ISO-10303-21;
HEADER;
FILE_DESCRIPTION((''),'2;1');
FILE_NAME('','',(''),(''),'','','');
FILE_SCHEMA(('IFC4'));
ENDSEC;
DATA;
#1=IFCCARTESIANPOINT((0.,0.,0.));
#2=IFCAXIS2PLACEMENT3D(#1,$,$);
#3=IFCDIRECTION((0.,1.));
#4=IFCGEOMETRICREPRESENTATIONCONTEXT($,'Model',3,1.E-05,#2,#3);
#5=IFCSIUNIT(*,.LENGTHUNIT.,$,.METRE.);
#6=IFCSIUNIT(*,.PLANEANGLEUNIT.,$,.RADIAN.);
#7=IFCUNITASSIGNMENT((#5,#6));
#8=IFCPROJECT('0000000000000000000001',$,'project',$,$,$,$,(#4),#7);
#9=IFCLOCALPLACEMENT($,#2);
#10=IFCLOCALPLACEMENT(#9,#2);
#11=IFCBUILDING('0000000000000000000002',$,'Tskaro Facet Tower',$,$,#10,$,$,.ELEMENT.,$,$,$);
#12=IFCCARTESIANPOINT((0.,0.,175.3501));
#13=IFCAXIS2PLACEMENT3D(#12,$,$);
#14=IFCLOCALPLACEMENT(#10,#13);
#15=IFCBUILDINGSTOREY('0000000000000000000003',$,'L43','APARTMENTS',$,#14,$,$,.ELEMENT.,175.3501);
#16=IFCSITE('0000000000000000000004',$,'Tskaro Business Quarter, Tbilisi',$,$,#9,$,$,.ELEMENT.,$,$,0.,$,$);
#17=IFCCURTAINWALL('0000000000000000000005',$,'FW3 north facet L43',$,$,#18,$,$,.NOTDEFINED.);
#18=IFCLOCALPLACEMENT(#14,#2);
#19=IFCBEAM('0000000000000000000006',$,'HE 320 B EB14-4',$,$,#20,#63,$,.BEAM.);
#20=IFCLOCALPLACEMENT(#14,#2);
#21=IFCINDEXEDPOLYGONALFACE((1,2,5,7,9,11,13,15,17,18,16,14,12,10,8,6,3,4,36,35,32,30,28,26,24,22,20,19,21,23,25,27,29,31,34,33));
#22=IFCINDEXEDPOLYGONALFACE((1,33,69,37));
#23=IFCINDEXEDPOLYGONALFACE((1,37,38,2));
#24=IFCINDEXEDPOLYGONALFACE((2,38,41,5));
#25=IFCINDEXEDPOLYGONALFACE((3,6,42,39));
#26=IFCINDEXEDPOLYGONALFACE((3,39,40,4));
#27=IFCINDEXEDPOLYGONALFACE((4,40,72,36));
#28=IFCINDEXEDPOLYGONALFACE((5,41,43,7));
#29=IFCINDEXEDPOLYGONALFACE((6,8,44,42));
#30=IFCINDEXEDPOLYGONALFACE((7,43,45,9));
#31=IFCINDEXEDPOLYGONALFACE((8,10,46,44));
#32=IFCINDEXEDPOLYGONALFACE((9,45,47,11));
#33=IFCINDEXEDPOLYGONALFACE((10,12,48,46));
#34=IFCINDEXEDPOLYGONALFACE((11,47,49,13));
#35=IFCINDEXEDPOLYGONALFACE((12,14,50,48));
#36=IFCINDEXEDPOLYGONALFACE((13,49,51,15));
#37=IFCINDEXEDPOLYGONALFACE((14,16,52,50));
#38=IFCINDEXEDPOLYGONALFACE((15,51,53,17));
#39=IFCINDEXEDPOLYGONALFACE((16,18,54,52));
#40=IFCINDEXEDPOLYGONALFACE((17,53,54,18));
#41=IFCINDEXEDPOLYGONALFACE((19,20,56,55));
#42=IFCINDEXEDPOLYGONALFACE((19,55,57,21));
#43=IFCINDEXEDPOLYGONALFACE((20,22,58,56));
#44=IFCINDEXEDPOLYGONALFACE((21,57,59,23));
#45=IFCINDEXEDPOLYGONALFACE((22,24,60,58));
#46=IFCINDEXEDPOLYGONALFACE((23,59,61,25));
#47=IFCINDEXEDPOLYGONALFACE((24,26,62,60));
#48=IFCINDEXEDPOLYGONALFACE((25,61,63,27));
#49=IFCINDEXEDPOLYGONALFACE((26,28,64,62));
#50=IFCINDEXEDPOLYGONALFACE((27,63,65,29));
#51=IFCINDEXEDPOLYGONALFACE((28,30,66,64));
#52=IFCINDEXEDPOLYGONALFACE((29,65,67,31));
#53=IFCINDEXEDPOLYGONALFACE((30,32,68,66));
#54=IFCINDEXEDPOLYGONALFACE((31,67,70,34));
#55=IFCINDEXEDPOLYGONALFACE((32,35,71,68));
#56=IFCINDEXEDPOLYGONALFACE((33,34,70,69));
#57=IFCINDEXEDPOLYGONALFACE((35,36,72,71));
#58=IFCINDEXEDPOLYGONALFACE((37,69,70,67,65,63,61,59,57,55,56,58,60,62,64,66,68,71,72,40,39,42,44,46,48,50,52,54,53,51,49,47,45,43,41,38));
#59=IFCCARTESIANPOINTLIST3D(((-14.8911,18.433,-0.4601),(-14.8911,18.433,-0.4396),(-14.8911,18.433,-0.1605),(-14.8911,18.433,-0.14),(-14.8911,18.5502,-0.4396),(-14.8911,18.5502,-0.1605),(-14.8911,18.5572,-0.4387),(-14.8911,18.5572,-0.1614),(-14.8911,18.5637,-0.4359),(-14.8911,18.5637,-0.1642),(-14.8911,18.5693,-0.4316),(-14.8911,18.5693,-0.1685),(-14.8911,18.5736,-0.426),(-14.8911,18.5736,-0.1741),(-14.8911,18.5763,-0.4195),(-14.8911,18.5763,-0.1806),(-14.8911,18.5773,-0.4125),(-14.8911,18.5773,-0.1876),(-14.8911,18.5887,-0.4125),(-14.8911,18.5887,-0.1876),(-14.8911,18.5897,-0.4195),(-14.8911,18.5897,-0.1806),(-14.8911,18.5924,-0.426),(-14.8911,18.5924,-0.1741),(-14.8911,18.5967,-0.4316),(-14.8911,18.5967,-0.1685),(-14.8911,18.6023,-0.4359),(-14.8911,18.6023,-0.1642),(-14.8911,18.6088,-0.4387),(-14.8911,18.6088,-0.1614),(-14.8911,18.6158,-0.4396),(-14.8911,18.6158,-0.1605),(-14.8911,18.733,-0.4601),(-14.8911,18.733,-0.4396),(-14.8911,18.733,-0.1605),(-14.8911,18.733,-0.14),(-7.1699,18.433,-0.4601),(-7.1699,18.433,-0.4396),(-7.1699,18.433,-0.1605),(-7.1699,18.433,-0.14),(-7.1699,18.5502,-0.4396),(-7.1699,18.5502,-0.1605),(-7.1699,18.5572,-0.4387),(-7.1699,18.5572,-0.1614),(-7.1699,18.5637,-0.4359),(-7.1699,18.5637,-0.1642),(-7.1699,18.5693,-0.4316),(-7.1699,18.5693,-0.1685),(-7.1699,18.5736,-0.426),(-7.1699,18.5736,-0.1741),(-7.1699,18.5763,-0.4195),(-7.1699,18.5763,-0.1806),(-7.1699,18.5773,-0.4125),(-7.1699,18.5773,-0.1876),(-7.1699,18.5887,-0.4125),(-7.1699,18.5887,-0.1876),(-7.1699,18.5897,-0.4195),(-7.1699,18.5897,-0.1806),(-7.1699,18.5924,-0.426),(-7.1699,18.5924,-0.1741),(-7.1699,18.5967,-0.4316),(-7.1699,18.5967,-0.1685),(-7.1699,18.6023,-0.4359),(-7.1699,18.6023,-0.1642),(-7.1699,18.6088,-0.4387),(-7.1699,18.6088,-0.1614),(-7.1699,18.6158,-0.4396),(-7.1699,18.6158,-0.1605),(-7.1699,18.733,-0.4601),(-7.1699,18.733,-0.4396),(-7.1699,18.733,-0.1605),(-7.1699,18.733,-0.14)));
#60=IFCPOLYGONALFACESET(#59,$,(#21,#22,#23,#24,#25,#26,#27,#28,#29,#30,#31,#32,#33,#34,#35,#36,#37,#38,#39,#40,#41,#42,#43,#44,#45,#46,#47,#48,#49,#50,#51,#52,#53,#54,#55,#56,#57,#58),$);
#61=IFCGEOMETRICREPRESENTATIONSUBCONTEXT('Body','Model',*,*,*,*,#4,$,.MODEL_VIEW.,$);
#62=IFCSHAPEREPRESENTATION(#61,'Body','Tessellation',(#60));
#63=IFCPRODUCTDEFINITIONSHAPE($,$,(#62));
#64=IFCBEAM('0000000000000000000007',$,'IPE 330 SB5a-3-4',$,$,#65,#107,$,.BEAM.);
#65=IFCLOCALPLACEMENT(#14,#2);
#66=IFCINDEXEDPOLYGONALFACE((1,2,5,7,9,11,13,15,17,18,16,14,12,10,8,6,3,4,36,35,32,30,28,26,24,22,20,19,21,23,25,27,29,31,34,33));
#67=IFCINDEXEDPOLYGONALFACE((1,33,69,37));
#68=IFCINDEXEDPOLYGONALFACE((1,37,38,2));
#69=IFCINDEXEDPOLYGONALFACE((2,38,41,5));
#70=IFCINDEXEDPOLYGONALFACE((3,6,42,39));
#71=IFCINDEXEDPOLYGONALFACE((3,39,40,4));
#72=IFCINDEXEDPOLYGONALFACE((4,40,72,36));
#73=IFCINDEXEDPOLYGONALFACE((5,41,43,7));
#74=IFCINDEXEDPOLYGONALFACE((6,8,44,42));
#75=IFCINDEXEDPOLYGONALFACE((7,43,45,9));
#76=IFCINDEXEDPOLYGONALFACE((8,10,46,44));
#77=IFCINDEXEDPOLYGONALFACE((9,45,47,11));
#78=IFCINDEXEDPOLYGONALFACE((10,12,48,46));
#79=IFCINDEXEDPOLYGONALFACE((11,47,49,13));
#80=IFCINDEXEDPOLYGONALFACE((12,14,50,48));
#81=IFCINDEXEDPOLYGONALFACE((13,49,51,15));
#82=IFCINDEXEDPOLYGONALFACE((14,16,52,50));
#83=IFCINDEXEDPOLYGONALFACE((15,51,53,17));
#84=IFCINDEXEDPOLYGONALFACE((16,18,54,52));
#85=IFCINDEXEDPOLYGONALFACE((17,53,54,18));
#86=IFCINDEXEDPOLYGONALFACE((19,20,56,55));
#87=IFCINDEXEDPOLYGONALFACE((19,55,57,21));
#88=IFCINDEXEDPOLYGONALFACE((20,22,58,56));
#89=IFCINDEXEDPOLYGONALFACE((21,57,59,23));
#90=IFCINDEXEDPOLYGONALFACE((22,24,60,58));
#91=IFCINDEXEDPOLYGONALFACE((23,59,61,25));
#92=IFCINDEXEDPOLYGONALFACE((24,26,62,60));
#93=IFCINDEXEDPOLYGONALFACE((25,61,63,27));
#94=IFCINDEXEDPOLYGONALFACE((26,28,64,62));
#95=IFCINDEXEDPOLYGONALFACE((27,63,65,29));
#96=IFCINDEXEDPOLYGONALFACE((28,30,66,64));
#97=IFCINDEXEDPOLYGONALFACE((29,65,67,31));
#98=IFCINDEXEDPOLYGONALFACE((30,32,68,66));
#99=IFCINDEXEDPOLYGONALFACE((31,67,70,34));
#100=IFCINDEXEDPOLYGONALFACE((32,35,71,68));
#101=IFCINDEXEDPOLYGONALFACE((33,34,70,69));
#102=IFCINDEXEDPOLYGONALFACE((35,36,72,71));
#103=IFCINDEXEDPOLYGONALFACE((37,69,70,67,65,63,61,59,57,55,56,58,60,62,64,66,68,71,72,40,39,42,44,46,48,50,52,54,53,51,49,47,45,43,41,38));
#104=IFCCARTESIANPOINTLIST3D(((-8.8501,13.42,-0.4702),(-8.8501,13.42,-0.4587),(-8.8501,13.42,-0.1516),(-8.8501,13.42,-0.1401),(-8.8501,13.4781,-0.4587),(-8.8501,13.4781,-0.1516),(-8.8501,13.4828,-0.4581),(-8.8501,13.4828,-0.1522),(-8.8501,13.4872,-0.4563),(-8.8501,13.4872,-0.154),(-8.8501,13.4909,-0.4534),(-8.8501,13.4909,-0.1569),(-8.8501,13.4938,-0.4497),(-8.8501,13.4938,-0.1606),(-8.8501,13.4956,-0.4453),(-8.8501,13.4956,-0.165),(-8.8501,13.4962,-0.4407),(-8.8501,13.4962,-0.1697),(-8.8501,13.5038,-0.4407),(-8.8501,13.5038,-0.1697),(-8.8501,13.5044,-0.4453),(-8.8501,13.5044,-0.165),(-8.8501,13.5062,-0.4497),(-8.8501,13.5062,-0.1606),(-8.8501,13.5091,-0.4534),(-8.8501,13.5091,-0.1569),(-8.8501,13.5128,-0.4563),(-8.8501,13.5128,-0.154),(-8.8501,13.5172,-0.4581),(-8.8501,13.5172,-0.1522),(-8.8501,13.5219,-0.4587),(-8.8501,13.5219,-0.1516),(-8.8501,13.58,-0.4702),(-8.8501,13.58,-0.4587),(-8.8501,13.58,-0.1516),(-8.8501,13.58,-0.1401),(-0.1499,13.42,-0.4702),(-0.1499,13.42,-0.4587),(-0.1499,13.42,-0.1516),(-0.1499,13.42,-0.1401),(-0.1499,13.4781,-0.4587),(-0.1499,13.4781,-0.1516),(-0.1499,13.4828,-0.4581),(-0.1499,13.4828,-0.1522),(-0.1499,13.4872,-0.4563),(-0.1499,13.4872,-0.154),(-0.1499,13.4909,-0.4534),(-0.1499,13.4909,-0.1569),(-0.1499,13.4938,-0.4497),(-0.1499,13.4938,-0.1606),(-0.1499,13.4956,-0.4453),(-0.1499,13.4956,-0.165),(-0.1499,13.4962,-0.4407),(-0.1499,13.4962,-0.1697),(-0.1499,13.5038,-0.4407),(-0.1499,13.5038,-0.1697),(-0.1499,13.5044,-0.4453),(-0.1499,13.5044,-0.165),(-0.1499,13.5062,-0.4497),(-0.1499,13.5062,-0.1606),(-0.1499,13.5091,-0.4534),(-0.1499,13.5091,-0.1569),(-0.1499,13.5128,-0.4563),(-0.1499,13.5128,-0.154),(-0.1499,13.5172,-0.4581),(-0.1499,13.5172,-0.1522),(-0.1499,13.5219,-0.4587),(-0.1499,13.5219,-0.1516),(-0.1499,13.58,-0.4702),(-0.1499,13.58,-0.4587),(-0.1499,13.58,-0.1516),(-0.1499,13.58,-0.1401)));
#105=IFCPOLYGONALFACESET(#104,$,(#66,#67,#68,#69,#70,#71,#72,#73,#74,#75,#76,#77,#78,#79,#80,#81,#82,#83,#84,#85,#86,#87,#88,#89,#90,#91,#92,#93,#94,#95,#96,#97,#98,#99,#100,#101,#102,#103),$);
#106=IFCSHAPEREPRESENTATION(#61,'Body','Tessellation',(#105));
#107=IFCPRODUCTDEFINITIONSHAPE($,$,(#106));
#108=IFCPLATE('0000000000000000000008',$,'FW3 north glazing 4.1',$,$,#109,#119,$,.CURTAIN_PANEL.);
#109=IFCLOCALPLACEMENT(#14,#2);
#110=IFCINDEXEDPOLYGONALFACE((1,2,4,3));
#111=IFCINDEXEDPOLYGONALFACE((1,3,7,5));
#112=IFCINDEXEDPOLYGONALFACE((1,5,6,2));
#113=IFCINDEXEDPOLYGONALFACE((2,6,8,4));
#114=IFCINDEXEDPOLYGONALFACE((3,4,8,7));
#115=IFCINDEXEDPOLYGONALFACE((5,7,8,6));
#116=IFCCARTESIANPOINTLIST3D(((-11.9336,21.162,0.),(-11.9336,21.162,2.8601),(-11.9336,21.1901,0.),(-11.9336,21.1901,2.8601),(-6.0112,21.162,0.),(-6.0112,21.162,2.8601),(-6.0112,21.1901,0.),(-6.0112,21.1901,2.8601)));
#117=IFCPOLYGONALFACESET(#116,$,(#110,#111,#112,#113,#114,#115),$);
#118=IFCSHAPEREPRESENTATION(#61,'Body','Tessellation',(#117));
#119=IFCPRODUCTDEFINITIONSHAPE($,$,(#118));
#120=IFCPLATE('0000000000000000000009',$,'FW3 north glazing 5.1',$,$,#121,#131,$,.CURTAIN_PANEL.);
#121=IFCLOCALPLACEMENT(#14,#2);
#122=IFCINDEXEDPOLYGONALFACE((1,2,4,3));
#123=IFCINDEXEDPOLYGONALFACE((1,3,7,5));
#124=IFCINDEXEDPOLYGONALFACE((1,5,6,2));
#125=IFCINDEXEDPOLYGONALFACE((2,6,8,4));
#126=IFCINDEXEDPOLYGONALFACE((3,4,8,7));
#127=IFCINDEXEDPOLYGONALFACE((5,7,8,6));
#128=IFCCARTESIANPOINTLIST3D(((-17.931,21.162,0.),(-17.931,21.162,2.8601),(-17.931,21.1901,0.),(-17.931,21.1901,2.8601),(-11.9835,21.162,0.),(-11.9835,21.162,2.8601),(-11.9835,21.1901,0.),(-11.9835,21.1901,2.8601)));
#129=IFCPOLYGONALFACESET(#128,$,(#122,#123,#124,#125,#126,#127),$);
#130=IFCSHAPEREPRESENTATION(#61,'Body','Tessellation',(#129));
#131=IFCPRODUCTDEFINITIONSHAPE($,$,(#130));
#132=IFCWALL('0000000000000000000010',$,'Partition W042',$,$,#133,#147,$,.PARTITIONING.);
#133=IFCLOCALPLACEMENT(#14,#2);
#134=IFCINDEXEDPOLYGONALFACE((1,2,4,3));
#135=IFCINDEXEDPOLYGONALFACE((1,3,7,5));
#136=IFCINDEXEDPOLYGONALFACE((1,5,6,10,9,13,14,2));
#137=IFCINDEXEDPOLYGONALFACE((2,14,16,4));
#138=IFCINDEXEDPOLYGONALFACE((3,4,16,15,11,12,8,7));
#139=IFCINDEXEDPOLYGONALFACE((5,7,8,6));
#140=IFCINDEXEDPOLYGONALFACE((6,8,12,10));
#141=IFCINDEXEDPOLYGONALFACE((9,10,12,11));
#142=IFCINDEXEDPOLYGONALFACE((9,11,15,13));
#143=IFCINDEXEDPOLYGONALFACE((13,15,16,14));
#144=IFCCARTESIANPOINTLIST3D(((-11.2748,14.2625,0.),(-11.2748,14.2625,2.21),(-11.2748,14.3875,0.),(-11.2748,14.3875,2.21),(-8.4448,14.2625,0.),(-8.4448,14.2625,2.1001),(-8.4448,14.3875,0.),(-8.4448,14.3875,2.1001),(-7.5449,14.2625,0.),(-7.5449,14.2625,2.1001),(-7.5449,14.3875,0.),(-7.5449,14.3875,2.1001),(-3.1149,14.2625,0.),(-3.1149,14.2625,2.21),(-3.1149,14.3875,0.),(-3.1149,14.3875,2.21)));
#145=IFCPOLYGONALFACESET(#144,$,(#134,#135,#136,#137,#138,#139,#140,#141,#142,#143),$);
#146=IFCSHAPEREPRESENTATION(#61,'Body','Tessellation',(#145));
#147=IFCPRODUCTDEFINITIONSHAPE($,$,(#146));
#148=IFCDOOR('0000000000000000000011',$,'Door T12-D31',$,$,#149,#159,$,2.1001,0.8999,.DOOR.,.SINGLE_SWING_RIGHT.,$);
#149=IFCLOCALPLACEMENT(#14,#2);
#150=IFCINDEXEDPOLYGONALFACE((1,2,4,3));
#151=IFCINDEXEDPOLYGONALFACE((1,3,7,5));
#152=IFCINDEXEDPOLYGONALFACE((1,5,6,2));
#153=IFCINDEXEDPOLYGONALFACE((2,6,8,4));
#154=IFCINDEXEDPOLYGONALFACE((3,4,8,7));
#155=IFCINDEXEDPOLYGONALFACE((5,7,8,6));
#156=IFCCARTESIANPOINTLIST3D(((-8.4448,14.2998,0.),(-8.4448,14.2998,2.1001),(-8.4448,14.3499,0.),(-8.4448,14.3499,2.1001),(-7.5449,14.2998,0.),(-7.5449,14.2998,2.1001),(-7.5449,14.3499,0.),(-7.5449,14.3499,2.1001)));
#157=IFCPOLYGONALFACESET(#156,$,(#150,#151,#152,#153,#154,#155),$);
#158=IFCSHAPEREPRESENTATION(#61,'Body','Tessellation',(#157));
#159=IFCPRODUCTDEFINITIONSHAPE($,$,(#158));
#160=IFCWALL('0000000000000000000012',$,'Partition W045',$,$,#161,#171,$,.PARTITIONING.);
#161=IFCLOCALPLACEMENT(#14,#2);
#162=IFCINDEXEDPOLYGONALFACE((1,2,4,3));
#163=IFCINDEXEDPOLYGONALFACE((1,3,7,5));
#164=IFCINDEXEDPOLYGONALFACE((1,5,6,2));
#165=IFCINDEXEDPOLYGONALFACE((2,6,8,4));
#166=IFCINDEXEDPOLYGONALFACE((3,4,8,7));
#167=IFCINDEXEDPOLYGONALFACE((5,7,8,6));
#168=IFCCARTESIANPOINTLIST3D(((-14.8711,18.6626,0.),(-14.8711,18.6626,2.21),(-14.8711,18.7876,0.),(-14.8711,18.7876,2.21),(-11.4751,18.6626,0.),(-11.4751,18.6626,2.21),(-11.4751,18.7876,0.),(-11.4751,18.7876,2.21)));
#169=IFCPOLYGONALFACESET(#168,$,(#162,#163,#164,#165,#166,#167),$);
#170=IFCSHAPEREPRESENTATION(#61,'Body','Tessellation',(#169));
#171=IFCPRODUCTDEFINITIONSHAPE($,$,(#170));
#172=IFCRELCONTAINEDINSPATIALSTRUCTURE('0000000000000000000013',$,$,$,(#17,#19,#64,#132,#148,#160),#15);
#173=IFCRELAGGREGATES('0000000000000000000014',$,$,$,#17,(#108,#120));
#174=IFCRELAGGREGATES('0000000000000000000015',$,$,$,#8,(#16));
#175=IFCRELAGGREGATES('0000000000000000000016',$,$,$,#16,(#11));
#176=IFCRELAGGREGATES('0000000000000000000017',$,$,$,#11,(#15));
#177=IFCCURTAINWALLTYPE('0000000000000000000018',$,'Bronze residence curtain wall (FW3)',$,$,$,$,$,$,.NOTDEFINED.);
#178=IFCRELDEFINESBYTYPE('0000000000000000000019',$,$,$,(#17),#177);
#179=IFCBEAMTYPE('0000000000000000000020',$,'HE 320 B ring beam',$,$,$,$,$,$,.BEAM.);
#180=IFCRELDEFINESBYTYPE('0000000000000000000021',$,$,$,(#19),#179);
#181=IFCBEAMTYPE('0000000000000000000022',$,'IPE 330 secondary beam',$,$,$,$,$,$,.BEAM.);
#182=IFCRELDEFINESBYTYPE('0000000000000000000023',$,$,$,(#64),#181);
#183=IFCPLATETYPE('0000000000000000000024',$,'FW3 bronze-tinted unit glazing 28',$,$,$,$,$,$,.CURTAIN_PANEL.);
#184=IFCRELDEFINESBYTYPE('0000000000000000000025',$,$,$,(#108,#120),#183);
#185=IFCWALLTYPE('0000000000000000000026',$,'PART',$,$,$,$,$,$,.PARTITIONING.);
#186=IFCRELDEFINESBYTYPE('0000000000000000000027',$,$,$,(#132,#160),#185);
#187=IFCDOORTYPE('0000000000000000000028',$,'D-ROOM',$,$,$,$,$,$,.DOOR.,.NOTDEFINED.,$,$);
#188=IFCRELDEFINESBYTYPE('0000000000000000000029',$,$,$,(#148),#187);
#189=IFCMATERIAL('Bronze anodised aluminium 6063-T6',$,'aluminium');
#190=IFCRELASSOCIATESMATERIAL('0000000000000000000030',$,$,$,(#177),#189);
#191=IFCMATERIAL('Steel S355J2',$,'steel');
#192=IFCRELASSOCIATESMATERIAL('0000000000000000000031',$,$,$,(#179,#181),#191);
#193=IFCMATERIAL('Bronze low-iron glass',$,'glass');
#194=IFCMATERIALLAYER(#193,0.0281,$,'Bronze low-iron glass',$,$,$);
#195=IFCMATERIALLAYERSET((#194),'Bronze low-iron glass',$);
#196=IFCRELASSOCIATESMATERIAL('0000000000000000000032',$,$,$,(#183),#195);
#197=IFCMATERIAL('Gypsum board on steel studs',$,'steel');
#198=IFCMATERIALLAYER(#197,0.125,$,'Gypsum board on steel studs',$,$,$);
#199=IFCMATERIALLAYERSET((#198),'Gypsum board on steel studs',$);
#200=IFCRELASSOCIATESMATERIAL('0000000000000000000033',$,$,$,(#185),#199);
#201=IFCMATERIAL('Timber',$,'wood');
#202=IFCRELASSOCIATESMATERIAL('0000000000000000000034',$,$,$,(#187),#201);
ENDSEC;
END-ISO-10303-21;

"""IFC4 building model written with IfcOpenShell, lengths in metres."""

from ifc_helpers import new_model, si_unit, direction, frame, frame_2d, origin, origin_2d, place, context, subcontext, project, spatial, rectangle, i_section, extrude, material, layer, layer_set, material_profile, profile_set, type_object, element, fill, aggregate, save


model = new_model("IFC4")

# Units and contexts
model_context = context("Model", 3, precision=1e-05, world=origin(), true_north=direction((0.0, 1.0)))
body_context = subcontext(model_context, "Body", "Model", "MODEL_VIEW")
ifc_project = project(units=[si_unit("LENGTHUNIT", "METRE"), si_unit("PLANEANGLEUNIT", "RADIAN")], contexts=[model_context])

# Site, building, storey
site_placement = place(None, origin())
site = spatial("IfcSite", under=ifc_project, at=site_placement, Name="Tskaro Business Quarter, Tbilisi", CompositionType="ELEMENT", RefElevation=0.0)
building_placement = place(site_placement, origin())
building = spatial("IfcBuilding", under=site, at=building_placement, Name="Tskaro Facet Tower", CompositionType="ELEMENT")
storey_placement = place(building_placement, frame((0.0, 0.0, 175.3501)))
storey = spatial("IfcBuildingStorey", under=building, at=storey_placement, Name="L43", Description="APARTMENTS", CompositionType="ELEMENT", Elevation=175.3501)

# Curtain wall
ifc_material_1 = material(Name="Bronze anodised aluminium 6063-T6", Category="aluminium")
curtain_wall_type = type_object("IfcCurtainWallType", Name="Bronze residence curtain wall (FW3)", PredefinedType="NOTDEFINED", material=ifc_material_1)
curtain_wall_placement = place(storey_placement, origin())
curtain_wall = element("IfcCurtainWall", 1, at=curtain_wall_placement, inside=storey, type_object=curtain_wall_type, Name="FW3 north facet L43", PredefinedType="NOTDEFINED")

# Beams
ifc_material_2 = material(Name="Steel S355J2", Category="steel")
ifc_material_profile_1 = material_profile(ifc_material_2, i_section(OverallWidth=0.3, OverallDepth=0.3201, WebThickness=0.0115, FlangeThickness=0.0205, FilletRadius=0.0271, at=origin_2d()), Name="HE 320 B")
ifc_profile_set_1 = profile_set([ifc_material_profile_1], Name="Steel S355J2")
beam_type_1 = type_object("IfcBeamType", Name="HE 320 B ring beam", PredefinedType="BEAM", material=ifc_profile_set_1)
beam_1_placement = place(storey_placement, frame((-7.1699, 18.583, -0.3), z_axis=(-1.0, 0.0, 0.0), x_axis=(0.0, -1.0, 0.0)))
element("IfcBeam", 2, at=beam_1_placement, inside=storey, type_object=beam_type_1, Name="HE 320 B EB14-4", PredefinedType="BEAM", context=body_context, shape_type="SweptSolid", body=[
    extrude(i_section(OverallWidth=0.3, OverallDepth=0.3201, WebThickness=0.0115, FlangeThickness=0.0205, FilletRadius=0.0271, at=origin_2d()), origin(), (0.0, 0.0, 1.0), 7.7212),
])
ifc_material_profile_2 = material_profile(ifc_material_2, i_section(OverallWidth=0.1599, OverallDepth=0.3301, WebThickness=0.0076, FlangeThickness=0.0115, FilletRadius=0.0181, at=origin_2d()), Name="IPE 330")
ifc_profile_set_2 = profile_set([ifc_material_profile_2], Name="Steel S355J2")
beam_type_2 = type_object("IfcBeamType", Name="IPE 330 secondary beam", PredefinedType="BEAM", material=ifc_profile_set_2)
beam_2_placement = place(storey_placement, frame((-8.8501, 13.5, -0.3052), z_axis=(1.0, 0.0, 0.0), x_axis=(0.0, 1.0, 0.0)))
element("IfcBeam", 3, at=beam_2_placement, inside=storey, type_object=beam_type_2, Name="IPE 330 SB5a-3-4", PredefinedType="BEAM", context=body_context, shape_type="SweptSolid", body=[
    extrude(i_section(OverallWidth=0.1599, OverallDepth=0.3301, WebThickness=0.0076, FlangeThickness=0.0115, FilletRadius=0.0181, at=origin_2d()), origin(), (0.0, 0.0, 1.0), 8.7002),
])

# Plates
ifc_material_3 = material(Name="Bronze low-iron glass", Category="glass")
ifc_layer_1 = layer(ifc_material_3, 0.0281, Name="Bronze low-iron glass")
ifc_layer_set_1 = layer_set([ifc_layer_1], Name="Bronze low-iron glass")
plate_type = type_object("IfcPlateType", Name="FW3 bronze-tinted unit glazing 28", PredefinedType="CURTAIN_PANEL", material=ifc_layer_set_1)
plate_1_placement = place(storey_placement, frame((-8.9724, 21.176, 0.0), z_axis=(0.0, 0.0, 1.0), x_axis=(-1.0, 0.0, 0.0)))
plate_1 = element("IfcPlate", 4, at=plate_1_placement, type_object=plate_type, Name="FW3 north glazing 4.1", PredefinedType="CURTAIN_PANEL", context=body_context, shape_type="SweptSolid", body=[
    extrude(rectangle(XDim=5.9224, YDim=0.0281, at=origin_2d()), origin(), (0.0, 0.0, 1.0), 2.8601),
])
plate_2_placement = place(storey_placement, frame((-14.9573, 21.176, 0.0), z_axis=(0.0, 0.0, 1.0), x_axis=(-1.0, 0.0, 0.0)))
plate_2 = element("IfcPlate", 5, at=plate_2_placement, type_object=plate_type, Name="FW3 north glazing 5.1", PredefinedType="CURTAIN_PANEL", context=body_context, shape_type="SweptSolid", body=[
    extrude(rectangle(XDim=5.9475, YDim=0.0281, at=origin_2d()), origin(), (0.0, 0.0, 1.0), 2.8601),
])
aggregate(curtain_wall, [plate_1, plate_2])

# Wall, opening, door
ifc_material_4 = material(Name="Gypsum board on steel studs", Category="steel")
ifc_layer_2 = layer(ifc_material_4, 0.125, Name="Gypsum board on steel studs")
ifc_layer_set_2 = layer_set([ifc_layer_2], Name="Gypsum board on steel studs")
wall_type_1 = type_object("IfcWallType", Name="PART", PredefinedType="PARTITIONING", material=ifc_layer_set_2)
wall_1_placement = place(storey_placement, frame((-11.2749, 14.325, 0.0), z_axis=(0.0, 0.0, 1.0), x_axis=(1.0, 0.0, 0.0)))
wall_1 = element("IfcWall", 6, at=wall_1_placement, inside=storey, type_object=wall_type_1, Name="Partition W042", PredefinedType="PARTITIONING", context=body_context, shape_type="SweptSolid", body=[
    extrude(rectangle(XDim=8.1599, YDim=0.125, at=frame_2d((4.0801, 0.0))), origin(), (0.0, 0.0, 1.0), 2.21),
])
opening_1_placement = place(wall_1_placement, frame((2.8301, 0.0, 0.0)))
opening_1 = element("IfcOpeningElement", 7, at=opening_1_placement, cuts=wall_1, PredefinedType="OPENING", context=body_context, shape_type="SweptSolid", body=[
    extrude(rectangle(XDim=0.8999, YDim=2.1001, at=frame_2d((0.45, 1.05))), frame((0.0, 0.0725, 0.0), z_axis=(0.0, -1.0, 0.0), x_axis=(1.0, 0.0, 0.0)), (0.0, 0.0, 1.0), 0.145),
])
ifc_material_5 = material(Name="Timber", Category="wood")
door_type_1 = type_object("IfcDoorType", Name="D-ROOM", OperationType="NOTDEFINED", PredefinedType="DOOR", material=ifc_material_5)
door_1_placement = place(opening_1_placement, origin())
door_1 = element("IfcDoor", 8, at=door_1_placement, inside=storey, type_object=door_type_1, Name="Door T12-D31", OperationType="SINGLE_SWING_RIGHT", OverallHeight=2.1001, OverallWidth=0.8999, PredefinedType="DOOR", context=body_context, shape_type="SweptSolid", body=[
    extrude(rectangle(XDim=0.8999, YDim=2.1001, at=frame_2d((0.45, 1.05))), frame((0.0, 0.0249, 0.0), z_axis=(0.0, -1.0, 0.0), x_axis=(1.0, 0.0, 0.0)), (0.0, 0.0, 1.0), 0.05),
])
fill(opening_1, door_1)

# Wall
wall_2_placement = place(storey_placement, frame((-14.8711, 18.7251, 0.0), z_axis=(0.0, 0.0, 1.0), x_axis=(1.0, 0.0, 0.0)))
element("IfcWall", 9, at=wall_2_placement, inside=storey, type_object=wall_type_1, Name="Partition W045", PredefinedType="PARTITIONING", context=body_context, shape_type="SweptSolid", body=[
    extrude(rectangle(XDim=3.396, YDim=0.125, at=frame_2d((1.698, 0.0))), origin(), (0.0, 0.0, 1.0), 2.21),
])

save(model, "model.ifc")
